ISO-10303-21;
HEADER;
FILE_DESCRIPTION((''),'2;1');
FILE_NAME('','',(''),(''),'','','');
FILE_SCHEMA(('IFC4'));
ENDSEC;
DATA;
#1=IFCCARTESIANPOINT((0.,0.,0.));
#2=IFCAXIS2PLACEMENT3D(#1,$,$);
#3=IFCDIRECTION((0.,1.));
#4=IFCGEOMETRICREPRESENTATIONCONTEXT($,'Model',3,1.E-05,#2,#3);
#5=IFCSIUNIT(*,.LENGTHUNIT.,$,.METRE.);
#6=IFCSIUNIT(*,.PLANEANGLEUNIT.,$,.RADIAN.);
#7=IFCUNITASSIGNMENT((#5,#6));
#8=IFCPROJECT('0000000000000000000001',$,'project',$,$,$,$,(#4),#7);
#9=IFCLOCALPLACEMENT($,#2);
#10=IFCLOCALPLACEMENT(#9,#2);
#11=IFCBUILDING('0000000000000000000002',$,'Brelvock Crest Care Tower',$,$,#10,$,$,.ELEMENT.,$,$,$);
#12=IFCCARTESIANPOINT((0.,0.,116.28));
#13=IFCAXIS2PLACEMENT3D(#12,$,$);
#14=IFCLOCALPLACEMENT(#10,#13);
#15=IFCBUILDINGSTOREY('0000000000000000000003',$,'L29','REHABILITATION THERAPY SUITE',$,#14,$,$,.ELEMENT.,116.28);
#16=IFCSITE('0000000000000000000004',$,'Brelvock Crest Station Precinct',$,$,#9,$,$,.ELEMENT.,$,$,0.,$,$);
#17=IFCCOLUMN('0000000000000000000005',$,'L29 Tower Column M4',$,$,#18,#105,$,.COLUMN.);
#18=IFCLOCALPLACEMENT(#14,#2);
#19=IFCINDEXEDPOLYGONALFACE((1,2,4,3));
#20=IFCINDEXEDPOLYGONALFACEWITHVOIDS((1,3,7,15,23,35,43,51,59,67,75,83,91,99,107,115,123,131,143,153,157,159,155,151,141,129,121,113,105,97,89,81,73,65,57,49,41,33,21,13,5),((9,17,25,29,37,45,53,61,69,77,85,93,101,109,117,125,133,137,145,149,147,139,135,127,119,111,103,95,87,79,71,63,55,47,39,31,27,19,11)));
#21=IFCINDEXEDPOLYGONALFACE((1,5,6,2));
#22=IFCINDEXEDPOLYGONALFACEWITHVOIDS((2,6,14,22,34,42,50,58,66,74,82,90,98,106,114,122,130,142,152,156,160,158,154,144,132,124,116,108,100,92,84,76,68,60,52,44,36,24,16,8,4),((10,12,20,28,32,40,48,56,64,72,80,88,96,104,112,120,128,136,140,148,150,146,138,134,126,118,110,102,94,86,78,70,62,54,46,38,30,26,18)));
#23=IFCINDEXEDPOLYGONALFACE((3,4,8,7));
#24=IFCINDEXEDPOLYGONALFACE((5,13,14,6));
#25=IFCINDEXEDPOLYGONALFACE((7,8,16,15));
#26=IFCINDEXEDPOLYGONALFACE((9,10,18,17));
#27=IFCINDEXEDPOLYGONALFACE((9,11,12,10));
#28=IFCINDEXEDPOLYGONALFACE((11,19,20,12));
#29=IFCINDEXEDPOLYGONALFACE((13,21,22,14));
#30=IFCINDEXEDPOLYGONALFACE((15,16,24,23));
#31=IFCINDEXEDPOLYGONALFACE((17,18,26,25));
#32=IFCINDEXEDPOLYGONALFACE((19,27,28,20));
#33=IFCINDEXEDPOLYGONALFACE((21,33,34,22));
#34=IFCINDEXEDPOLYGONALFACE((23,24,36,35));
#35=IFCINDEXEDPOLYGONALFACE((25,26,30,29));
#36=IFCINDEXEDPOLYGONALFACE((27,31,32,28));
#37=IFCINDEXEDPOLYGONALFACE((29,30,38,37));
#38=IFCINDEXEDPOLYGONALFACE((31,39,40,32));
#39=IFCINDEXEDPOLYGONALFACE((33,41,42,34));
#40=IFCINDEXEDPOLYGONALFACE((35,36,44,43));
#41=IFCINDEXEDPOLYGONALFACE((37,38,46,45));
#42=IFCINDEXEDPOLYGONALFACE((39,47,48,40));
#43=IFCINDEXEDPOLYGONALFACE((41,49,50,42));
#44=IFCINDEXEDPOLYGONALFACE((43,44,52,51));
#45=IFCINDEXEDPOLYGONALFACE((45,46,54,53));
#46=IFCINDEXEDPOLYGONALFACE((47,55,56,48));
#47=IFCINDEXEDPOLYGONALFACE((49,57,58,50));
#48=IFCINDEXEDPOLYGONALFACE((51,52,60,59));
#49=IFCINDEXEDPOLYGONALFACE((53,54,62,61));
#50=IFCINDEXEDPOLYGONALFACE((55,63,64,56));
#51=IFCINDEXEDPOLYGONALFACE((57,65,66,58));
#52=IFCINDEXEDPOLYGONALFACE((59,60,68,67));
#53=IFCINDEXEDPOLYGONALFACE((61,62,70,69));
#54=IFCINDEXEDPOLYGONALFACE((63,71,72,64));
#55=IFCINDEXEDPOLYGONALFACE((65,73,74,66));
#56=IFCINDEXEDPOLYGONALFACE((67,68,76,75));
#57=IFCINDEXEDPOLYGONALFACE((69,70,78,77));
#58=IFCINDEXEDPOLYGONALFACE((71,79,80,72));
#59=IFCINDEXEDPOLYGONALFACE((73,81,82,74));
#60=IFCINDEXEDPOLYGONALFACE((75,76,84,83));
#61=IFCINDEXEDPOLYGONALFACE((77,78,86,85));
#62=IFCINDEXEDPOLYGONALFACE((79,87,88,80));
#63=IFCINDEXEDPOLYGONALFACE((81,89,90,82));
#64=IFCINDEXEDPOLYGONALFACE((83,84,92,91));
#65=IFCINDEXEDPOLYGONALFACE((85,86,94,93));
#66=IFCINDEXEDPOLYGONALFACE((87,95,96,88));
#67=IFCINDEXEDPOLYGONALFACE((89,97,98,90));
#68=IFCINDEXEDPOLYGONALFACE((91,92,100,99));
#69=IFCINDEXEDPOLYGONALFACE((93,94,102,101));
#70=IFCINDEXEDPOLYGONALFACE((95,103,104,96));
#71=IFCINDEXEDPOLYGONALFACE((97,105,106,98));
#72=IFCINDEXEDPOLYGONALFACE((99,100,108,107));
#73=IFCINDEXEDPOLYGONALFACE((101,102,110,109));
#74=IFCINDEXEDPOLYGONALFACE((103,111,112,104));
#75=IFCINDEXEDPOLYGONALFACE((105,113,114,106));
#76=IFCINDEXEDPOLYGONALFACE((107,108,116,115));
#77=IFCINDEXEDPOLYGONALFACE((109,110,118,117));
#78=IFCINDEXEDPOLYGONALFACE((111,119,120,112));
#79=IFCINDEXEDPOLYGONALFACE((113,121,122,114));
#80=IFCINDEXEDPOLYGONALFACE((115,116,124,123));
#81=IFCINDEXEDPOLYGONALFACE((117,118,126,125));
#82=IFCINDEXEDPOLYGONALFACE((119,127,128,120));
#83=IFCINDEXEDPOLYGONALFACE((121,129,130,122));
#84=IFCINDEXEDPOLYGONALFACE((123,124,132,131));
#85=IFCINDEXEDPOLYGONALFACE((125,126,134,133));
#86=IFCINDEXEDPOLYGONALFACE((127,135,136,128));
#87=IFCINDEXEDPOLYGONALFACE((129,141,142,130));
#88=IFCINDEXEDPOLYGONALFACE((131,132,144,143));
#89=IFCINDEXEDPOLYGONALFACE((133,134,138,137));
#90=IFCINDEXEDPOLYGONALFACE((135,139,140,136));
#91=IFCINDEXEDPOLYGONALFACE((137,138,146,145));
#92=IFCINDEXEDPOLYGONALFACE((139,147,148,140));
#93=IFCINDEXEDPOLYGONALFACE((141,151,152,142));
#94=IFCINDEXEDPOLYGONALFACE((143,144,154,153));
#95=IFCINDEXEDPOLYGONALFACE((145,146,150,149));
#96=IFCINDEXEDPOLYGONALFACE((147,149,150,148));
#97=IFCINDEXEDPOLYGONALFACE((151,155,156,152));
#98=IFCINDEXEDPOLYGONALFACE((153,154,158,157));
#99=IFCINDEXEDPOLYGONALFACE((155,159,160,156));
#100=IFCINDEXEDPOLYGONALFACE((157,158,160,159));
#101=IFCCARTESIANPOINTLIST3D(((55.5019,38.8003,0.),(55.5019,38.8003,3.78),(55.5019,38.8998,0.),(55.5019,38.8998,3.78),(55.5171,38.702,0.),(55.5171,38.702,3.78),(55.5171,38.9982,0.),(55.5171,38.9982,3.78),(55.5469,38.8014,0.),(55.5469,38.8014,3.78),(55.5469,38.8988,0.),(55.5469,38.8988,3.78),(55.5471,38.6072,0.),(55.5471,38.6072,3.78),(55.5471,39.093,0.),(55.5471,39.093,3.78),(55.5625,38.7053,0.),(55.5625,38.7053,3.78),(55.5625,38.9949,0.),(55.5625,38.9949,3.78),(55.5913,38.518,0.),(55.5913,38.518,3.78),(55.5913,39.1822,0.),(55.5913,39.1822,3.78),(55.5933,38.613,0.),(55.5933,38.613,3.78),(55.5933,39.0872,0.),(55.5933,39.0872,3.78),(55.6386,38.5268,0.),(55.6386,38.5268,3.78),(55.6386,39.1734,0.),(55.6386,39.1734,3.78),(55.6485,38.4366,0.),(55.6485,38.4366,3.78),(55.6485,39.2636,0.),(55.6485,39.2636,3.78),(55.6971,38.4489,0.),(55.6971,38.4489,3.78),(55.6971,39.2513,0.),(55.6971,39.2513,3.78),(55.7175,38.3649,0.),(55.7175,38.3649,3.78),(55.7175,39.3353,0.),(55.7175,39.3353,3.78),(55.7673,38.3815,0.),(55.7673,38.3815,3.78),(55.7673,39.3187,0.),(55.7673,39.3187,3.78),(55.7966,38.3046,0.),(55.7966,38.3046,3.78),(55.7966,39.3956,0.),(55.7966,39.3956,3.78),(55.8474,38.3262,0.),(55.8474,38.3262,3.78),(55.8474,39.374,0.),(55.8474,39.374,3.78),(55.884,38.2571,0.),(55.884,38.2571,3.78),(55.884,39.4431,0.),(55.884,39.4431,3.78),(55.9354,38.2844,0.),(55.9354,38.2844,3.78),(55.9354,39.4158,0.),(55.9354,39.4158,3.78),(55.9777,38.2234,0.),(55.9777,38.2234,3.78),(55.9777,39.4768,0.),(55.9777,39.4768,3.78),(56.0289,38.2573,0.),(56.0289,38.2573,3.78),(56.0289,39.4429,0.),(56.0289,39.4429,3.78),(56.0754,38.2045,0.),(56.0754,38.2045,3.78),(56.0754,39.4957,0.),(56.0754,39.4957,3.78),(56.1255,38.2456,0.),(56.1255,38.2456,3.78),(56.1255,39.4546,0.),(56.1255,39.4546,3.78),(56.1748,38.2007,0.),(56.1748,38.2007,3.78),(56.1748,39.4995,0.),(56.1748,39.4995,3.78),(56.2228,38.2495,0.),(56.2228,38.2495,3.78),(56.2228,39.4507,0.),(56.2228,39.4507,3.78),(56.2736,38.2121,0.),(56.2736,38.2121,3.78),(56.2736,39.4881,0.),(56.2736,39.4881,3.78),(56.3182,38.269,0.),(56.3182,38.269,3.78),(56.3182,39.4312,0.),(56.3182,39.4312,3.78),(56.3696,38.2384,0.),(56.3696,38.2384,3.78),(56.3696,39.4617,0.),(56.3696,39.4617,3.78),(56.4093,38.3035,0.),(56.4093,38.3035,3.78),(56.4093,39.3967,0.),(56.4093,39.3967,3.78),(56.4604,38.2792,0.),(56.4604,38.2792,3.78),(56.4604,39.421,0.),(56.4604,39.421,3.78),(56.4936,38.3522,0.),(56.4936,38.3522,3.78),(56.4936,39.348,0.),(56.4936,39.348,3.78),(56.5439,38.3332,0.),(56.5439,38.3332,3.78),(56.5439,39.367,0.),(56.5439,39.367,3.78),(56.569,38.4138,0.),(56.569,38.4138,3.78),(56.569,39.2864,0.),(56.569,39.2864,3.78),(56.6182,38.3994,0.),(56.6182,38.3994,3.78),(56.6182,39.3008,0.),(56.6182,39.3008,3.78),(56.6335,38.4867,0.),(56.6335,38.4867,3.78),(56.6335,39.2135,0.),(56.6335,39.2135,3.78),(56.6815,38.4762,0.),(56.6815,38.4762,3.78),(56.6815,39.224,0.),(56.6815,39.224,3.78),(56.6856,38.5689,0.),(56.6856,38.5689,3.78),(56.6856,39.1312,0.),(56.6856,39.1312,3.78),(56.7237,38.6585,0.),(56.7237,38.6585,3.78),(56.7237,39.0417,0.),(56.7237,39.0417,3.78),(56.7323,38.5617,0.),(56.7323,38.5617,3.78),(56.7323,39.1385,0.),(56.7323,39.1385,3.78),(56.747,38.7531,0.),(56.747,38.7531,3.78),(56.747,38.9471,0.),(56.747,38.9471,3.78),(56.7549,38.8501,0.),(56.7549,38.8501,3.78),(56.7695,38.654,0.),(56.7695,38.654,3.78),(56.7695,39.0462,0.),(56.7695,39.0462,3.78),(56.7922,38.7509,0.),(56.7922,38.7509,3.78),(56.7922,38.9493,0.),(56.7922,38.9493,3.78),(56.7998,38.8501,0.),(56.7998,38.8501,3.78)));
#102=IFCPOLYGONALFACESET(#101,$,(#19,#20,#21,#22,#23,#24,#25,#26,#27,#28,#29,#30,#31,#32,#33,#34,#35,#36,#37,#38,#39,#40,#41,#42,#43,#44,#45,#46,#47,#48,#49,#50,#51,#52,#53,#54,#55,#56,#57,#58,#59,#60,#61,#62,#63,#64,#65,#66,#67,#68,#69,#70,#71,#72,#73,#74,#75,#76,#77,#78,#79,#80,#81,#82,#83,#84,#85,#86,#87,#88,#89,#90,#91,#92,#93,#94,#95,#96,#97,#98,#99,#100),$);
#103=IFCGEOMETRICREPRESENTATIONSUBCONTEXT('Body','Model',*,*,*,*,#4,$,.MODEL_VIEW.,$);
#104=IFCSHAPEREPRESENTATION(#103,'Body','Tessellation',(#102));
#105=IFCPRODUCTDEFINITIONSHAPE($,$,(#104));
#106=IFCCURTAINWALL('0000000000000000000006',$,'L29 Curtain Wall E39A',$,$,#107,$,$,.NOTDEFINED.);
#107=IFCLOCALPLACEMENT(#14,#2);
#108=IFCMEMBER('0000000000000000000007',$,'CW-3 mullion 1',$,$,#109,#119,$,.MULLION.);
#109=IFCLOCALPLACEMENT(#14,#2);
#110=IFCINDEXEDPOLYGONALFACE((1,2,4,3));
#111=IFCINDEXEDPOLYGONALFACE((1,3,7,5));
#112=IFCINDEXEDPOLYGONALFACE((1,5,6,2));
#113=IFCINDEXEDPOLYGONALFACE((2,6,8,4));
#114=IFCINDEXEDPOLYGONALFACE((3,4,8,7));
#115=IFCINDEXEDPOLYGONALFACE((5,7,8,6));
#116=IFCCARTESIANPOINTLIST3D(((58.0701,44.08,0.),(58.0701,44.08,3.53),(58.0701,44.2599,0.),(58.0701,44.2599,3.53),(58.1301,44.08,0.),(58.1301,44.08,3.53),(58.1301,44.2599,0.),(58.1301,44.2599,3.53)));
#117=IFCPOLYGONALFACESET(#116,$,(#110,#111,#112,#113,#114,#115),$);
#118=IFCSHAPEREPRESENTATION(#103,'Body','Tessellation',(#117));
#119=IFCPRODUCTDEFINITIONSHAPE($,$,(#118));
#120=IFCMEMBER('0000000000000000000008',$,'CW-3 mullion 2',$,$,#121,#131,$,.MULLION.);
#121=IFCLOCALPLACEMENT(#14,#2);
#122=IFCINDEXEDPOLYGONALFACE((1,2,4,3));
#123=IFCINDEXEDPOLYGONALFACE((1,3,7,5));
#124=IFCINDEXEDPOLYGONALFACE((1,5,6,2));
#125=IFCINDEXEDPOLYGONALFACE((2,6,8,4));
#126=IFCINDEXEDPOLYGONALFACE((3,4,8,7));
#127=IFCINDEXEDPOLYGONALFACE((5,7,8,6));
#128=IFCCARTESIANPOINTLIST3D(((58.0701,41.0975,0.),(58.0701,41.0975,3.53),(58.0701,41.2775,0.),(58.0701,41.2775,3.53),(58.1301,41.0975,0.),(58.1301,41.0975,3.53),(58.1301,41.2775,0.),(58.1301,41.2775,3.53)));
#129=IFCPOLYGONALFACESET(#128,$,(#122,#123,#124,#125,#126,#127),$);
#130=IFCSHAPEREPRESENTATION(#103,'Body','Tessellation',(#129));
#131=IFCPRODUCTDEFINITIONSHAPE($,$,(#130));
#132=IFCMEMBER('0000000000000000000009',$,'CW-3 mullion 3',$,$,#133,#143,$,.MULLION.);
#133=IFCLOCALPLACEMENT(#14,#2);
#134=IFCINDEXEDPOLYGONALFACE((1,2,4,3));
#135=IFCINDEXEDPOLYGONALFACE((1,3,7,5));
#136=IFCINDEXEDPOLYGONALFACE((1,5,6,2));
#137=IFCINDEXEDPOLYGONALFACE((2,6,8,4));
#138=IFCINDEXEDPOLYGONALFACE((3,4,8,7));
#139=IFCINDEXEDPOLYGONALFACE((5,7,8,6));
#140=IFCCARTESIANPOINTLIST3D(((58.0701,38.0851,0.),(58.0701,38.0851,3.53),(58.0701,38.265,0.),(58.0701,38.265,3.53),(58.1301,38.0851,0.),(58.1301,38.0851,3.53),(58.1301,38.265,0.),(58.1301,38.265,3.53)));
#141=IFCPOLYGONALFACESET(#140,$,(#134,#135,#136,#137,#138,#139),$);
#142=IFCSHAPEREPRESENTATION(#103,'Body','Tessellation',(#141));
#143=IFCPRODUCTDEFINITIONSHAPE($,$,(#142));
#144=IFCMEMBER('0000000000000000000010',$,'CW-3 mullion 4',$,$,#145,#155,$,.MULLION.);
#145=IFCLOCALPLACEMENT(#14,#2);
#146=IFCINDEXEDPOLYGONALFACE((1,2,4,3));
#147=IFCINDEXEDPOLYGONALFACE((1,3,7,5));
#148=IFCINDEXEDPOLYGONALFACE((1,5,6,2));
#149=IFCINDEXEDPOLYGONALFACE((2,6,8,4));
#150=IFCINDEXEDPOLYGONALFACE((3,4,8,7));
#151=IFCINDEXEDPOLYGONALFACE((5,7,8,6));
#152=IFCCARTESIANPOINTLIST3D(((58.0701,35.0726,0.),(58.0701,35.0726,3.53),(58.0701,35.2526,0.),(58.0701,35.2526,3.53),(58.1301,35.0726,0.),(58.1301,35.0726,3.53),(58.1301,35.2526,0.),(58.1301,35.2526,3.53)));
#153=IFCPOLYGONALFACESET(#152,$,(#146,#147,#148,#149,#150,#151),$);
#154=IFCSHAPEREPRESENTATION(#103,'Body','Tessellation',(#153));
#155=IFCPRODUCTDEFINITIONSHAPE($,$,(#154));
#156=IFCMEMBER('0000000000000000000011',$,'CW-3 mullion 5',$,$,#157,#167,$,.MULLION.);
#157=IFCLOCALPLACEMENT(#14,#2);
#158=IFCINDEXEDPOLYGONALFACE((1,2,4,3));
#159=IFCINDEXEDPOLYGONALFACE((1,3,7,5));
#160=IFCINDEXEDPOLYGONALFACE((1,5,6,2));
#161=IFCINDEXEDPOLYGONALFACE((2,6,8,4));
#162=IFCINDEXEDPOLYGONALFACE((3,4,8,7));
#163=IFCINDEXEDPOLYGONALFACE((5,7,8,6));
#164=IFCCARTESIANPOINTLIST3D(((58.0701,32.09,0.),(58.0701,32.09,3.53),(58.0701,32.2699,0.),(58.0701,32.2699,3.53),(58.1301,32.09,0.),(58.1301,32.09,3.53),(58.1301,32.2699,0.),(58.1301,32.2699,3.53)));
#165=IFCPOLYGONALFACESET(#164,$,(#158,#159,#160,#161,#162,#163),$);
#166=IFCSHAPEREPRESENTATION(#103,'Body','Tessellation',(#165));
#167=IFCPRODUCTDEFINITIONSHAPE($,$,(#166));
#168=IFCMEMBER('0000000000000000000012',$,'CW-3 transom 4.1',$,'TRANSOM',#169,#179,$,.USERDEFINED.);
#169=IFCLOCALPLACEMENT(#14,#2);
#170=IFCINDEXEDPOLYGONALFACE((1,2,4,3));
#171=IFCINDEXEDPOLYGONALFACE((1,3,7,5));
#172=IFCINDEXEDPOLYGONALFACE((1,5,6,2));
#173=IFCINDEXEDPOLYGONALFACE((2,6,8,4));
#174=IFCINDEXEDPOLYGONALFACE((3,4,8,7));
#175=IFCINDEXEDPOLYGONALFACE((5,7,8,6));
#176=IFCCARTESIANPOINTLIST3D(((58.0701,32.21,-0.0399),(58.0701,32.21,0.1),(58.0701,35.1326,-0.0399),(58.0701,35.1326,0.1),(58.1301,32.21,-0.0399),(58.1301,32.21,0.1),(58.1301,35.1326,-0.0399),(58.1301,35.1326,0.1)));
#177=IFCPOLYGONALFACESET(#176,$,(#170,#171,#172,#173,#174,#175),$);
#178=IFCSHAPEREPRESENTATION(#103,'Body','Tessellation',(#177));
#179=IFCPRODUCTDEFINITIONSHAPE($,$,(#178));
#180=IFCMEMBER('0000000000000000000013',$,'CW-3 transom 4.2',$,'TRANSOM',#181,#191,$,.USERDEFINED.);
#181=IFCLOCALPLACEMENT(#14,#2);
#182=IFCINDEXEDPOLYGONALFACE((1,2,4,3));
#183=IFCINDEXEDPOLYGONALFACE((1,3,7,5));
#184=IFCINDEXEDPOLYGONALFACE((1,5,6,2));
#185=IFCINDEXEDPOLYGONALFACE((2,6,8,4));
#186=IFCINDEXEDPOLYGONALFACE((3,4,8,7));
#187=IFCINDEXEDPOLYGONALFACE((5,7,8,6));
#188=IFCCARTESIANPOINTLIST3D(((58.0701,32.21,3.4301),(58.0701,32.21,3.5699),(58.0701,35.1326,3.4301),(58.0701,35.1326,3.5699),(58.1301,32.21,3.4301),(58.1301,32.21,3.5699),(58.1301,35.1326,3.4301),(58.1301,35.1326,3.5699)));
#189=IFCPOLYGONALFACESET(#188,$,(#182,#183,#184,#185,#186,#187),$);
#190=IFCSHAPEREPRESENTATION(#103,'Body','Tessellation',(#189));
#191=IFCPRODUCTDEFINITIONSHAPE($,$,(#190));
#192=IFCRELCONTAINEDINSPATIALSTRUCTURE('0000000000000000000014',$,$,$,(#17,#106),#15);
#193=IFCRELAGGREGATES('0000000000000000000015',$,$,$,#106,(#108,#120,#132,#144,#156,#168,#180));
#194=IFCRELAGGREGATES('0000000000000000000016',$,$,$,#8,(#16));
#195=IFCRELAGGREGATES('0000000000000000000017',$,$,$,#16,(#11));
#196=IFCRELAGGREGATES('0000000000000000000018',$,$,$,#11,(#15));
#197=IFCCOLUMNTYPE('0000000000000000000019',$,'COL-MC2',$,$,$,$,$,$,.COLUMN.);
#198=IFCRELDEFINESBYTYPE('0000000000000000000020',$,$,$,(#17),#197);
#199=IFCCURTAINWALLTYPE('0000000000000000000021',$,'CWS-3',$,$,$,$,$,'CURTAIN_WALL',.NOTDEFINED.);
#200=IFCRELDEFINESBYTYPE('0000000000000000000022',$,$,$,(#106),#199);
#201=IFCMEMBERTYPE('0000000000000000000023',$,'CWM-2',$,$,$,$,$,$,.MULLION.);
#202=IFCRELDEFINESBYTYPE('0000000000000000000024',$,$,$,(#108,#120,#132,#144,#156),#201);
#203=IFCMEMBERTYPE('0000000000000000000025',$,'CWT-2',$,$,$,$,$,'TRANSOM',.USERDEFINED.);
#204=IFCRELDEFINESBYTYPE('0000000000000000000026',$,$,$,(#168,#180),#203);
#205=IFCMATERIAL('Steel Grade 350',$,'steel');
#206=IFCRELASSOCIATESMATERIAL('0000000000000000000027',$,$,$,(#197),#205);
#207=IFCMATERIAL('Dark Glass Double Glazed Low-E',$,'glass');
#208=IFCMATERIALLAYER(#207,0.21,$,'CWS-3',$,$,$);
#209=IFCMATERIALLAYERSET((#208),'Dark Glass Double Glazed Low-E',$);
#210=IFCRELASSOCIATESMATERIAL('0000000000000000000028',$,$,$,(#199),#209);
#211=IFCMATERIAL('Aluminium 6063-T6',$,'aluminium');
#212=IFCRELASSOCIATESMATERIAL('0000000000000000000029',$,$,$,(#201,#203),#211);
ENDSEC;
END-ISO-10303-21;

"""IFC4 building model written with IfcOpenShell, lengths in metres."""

from ifc_helpers import new_model, si_unit, direction, frame, origin, origin_2d, place, context, subcontext, project, spatial, rectangle, hollow_circle, extrude, source, transform, mapped, material, layer, layer_set, material_profile, profile_set, type_object, element, aggregate, save


model = new_model("IFC4")

# Units and contexts
model_context = context("Model", 3, precision=1e-05, world=origin(), true_north=direction((0.0, 1.0)))
body_context = subcontext(model_context, "Body", "Model", "MODEL_VIEW")
ifc_project = project(units=[si_unit("LENGTHUNIT", "METRE"), si_unit("PLANEANGLEUNIT", "RADIAN")], contexts=[model_context])

# Site, building, storey
site_placement = place(None, origin())
site = spatial("IfcSite", under=ifc_project, at=site_placement, Name="Brelvock Crest Station Precinct", CompositionType="ELEMENT", RefElevation=0.0)
building_placement = place(site_placement, origin())
building = spatial("IfcBuilding", under=site, at=building_placement, Name="Brelvock Crest Care Tower", CompositionType="ELEMENT")
storey_placement = place(building_placement, frame((0.0, 0.0, 116.28)))
storey = spatial("IfcBuildingStorey", under=building, at=storey_placement, Name="L29", Description="REHABILITATION THERAPY SUITE", CompositionType="ELEMENT", Elevation=116.28)

# Column
ifc_material_1 = material(Name="Steel Grade 350", Category="steel")
ifc_material_profile_1 = material_profile(ifc_material_1, hollow_circle(Radius=0.6499, WallThickness=0.0449, at=origin_2d()), Name="CFT1300x45")
ifc_profile_set_1 = profile_set([ifc_material_profile_1], Name="Steel Grade 350")
column_type = type_object("IfcColumnType", Name="COL-MC2", PredefinedType="COLUMN", material=ifc_profile_set_1)
shared_shape_1 = source(origin(), body_context, "Body", "SweptSolid", [
    extrude(hollow_circle(Radius=0.6499, WallThickness=0.0449, at=origin_2d()), origin(), (0.0, 0.0, 1.0), 3.78),
])
column_placement = place(storey_placement, frame((56.1499, 38.8501, 0.0), z_axis=(0.0, 0.0, 1.0), x_axis=(1.0, 0.0, 0.0)))
element("IfcColumn", 1, at=column_placement, inside=storey, type_object=column_type, Name="L29 Tower Column M4", PredefinedType="COLUMN", context=body_context, shape_type="MappedRepresentation", body=[
    mapped(shared_shape_1, transform((0.0, 0.0, 0.0), x_axis=(1.0, 0.0, 0.0), y_axis=(0.0, 1.0, 0.0), z_axis=(0.0, 0.0, 1.0), scale=1.0)),
])

# Curtain wall, members
ifc_material_2 = material(Name="Dark Glass Double Glazed Low-E", Category="glass")
ifc_layer_1 = layer(ifc_material_2, 0.21, Name="CWS-3")
ifc_layer_set_1 = layer_set([ifc_layer_1], Name="Dark Glass Double Glazed Low-E")
curtain_wall_type = type_object("IfcCurtainWallType", Name="CWS-3", ElementType="CURTAIN_WALL", PredefinedType="NOTDEFINED", material=ifc_layer_set_1)
curtain_wall_placement = place(storey_placement, origin())
curtain_wall = element("IfcCurtainWall", 2, at=curtain_wall_placement, inside=storey, type_object=curtain_wall_type, Name="L29 Curtain Wall E39A", PredefinedType="NOTDEFINED")
ifc_material_3 = material(Name="Aluminium 6063-T6", Category="aluminium")
ifc_material_profile_2 = material_profile(ifc_material_3, rectangle(XDim=0.0601, YDim=0.1799, at=origin_2d()), Name="ALU60x180")
ifc_profile_set_2 = profile_set([ifc_material_profile_2], Name="Aluminium 6063-T6")
member_type_1 = type_object("IfcMemberType", Name="CWM-2", PredefinedType="MULLION", material=ifc_profile_set_2)
shared_shape_2 = source(origin(), body_context, "Body", "SweptSolid", [
    extrude(rectangle(XDim=0.0601, YDim=0.1799, at=origin_2d()), origin(), (0.0, 0.0, 1.0), 3.53),
])
member_1_placement = place(storey_placement, frame((58.1001, 44.1699, 0.0), z_axis=(0.0, 0.0, 1.0), x_axis=(1.0, 0.0, 0.0)))
member_1 = element("IfcMember", 3, at=member_1_placement, type_object=member_type_1, Name="CW-3 mullion 1", PredefinedType="MULLION", context=body_context, shape_type="MappedRepresentation", body=[
    mapped(shared_shape_2, transform((0.0, 0.0, 0.0), x_axis=(1.0, 0.0, 0.0), y_axis=(0.0, 1.0, 0.0), z_axis=(0.0, 0.0, 1.0), scale=1.0)),
])
member_2_placement = place(storey_placement, frame((58.1001, 41.1875, 0.0), z_axis=(0.0, 0.0, 1.0), x_axis=(1.0, 0.0, 0.0)))
member_2 = element("IfcMember", 4, at=member_2_placement, type_object=member_type_1, Name="CW-3 mullion 2", PredefinedType="MULLION", context=body_context, shape_type="MappedRepresentation", body=[
    mapped(shared_shape_2, transform((0.0, 0.0, 0.0), x_axis=(1.0, 0.0, 0.0), y_axis=(0.0, 1.0, 0.0), z_axis=(0.0, 0.0, 1.0), scale=1.0)),
])
member_3_placement = place(storey_placement, frame((58.1001, 38.175, 0.0), z_axis=(0.0, 0.0, 1.0), x_axis=(1.0, 0.0, 0.0)))
member_3 = element("IfcMember", 5, at=member_3_placement, type_object=member_type_1, Name="CW-3 mullion 3", PredefinedType="MULLION", context=body_context, shape_type="MappedRepresentation", body=[
    mapped(shared_shape_2, transform((0.0, 0.0, 0.0), x_axis=(1.0, 0.0, 0.0), y_axis=(0.0, 1.0, 0.0), z_axis=(0.0, 0.0, 1.0), scale=1.0)),
])
member_4_placement = place(storey_placement, frame((58.1001, 35.1626, 0.0), z_axis=(0.0, 0.0, 1.0), x_axis=(1.0, 0.0, 0.0)))
member_4 = element("IfcMember", 6, at=member_4_placement, type_object=member_type_1, Name="CW-3 mullion 4", PredefinedType="MULLION", context=body_context, shape_type="MappedRepresentation", body=[
    mapped(shared_shape_2, transform((0.0, 0.0, 0.0), x_axis=(1.0, 0.0, 0.0), y_axis=(0.0, 1.0, 0.0), z_axis=(0.0, 0.0, 1.0), scale=1.0)),
])
member_5_placement = place(storey_placement, frame((58.1001, 32.1799, 0.0), z_axis=(0.0, 0.0, 1.0), x_axis=(1.0, 0.0, 0.0)))
member_5 = element("IfcMember", 7, at=member_5_placement, type_object=member_type_1, Name="CW-3 mullion 5", PredefinedType="MULLION", context=body_context, shape_type="MappedRepresentation", body=[
    mapped(shared_shape_2, transform((0.0, 0.0, 0.0), x_axis=(1.0, 0.0, 0.0), y_axis=(0.0, 1.0, 0.0), z_axis=(0.0, 0.0, 1.0), scale=1.0)),
])
ifc_material_profile_3 = material_profile(ifc_material_3, rectangle(XDim=0.0601, YDim=0.1399, at=origin_2d()), Name="ALU60x140")
ifc_profile_set_3 = profile_set([ifc_material_profile_3], Name="Aluminium 6063-T6")
member_type_2 = type_object("IfcMemberType", Name="CWT-2", ElementType="TRANSOM", PredefinedType="USERDEFINED", material=ifc_profile_set_3)
shared_shape_3 = source(origin(), body_context, "Body", "SweptSolid", [
    extrude(rectangle(XDim=0.0601, YDim=0.1399, at=origin_2d()), origin(), (0.0, 0.0, 1.0), 2.9226),
])
member_6_placement = place(storey_placement, frame((58.1001, 35.1326, 0.03), z_axis=(0.0, -1.0, 0.0), x_axis=(1.0, 0.0, 0.0)))
member_6 = element("IfcMember", 8, at=member_6_placement, type_object=member_type_2, Name="CW-3 transom 4.1", ObjectType="TRANSOM", PredefinedType="USERDEFINED", context=body_context, shape_type="MappedRepresentation", body=[
    mapped(shared_shape_3, transform((0.0, 0.0, 0.0), x_axis=(1.0, 0.0, 0.0), y_axis=(0.0, 1.0, 0.0), z_axis=(0.0, 0.0, 1.0), scale=1.0)),
])
member_7_placement = place(storey_placement, frame((58.1001, 35.1326, 3.5), z_axis=(0.0, -1.0, 0.0), x_axis=(1.0, 0.0, 0.0)))
member_7 = element("IfcMember", 9, at=member_7_placement, type_object=member_type_2, Name="CW-3 transom 4.2", ObjectType="TRANSOM", PredefinedType="USERDEFINED", context=body_context, shape_type="MappedRepresentation", body=[
    mapped(shared_shape_3, transform((0.0, 0.0, 0.0), x_axis=(1.0, 0.0, 0.0), y_axis=(0.0, 1.0, 0.0), z_axis=(0.0, 0.0, 1.0), scale=1.0)),
])
aggregate(curtain_wall, [member_1, member_2, member_3, member_4, member_5, member_6, member_7])

save(model, "model.ifc")
